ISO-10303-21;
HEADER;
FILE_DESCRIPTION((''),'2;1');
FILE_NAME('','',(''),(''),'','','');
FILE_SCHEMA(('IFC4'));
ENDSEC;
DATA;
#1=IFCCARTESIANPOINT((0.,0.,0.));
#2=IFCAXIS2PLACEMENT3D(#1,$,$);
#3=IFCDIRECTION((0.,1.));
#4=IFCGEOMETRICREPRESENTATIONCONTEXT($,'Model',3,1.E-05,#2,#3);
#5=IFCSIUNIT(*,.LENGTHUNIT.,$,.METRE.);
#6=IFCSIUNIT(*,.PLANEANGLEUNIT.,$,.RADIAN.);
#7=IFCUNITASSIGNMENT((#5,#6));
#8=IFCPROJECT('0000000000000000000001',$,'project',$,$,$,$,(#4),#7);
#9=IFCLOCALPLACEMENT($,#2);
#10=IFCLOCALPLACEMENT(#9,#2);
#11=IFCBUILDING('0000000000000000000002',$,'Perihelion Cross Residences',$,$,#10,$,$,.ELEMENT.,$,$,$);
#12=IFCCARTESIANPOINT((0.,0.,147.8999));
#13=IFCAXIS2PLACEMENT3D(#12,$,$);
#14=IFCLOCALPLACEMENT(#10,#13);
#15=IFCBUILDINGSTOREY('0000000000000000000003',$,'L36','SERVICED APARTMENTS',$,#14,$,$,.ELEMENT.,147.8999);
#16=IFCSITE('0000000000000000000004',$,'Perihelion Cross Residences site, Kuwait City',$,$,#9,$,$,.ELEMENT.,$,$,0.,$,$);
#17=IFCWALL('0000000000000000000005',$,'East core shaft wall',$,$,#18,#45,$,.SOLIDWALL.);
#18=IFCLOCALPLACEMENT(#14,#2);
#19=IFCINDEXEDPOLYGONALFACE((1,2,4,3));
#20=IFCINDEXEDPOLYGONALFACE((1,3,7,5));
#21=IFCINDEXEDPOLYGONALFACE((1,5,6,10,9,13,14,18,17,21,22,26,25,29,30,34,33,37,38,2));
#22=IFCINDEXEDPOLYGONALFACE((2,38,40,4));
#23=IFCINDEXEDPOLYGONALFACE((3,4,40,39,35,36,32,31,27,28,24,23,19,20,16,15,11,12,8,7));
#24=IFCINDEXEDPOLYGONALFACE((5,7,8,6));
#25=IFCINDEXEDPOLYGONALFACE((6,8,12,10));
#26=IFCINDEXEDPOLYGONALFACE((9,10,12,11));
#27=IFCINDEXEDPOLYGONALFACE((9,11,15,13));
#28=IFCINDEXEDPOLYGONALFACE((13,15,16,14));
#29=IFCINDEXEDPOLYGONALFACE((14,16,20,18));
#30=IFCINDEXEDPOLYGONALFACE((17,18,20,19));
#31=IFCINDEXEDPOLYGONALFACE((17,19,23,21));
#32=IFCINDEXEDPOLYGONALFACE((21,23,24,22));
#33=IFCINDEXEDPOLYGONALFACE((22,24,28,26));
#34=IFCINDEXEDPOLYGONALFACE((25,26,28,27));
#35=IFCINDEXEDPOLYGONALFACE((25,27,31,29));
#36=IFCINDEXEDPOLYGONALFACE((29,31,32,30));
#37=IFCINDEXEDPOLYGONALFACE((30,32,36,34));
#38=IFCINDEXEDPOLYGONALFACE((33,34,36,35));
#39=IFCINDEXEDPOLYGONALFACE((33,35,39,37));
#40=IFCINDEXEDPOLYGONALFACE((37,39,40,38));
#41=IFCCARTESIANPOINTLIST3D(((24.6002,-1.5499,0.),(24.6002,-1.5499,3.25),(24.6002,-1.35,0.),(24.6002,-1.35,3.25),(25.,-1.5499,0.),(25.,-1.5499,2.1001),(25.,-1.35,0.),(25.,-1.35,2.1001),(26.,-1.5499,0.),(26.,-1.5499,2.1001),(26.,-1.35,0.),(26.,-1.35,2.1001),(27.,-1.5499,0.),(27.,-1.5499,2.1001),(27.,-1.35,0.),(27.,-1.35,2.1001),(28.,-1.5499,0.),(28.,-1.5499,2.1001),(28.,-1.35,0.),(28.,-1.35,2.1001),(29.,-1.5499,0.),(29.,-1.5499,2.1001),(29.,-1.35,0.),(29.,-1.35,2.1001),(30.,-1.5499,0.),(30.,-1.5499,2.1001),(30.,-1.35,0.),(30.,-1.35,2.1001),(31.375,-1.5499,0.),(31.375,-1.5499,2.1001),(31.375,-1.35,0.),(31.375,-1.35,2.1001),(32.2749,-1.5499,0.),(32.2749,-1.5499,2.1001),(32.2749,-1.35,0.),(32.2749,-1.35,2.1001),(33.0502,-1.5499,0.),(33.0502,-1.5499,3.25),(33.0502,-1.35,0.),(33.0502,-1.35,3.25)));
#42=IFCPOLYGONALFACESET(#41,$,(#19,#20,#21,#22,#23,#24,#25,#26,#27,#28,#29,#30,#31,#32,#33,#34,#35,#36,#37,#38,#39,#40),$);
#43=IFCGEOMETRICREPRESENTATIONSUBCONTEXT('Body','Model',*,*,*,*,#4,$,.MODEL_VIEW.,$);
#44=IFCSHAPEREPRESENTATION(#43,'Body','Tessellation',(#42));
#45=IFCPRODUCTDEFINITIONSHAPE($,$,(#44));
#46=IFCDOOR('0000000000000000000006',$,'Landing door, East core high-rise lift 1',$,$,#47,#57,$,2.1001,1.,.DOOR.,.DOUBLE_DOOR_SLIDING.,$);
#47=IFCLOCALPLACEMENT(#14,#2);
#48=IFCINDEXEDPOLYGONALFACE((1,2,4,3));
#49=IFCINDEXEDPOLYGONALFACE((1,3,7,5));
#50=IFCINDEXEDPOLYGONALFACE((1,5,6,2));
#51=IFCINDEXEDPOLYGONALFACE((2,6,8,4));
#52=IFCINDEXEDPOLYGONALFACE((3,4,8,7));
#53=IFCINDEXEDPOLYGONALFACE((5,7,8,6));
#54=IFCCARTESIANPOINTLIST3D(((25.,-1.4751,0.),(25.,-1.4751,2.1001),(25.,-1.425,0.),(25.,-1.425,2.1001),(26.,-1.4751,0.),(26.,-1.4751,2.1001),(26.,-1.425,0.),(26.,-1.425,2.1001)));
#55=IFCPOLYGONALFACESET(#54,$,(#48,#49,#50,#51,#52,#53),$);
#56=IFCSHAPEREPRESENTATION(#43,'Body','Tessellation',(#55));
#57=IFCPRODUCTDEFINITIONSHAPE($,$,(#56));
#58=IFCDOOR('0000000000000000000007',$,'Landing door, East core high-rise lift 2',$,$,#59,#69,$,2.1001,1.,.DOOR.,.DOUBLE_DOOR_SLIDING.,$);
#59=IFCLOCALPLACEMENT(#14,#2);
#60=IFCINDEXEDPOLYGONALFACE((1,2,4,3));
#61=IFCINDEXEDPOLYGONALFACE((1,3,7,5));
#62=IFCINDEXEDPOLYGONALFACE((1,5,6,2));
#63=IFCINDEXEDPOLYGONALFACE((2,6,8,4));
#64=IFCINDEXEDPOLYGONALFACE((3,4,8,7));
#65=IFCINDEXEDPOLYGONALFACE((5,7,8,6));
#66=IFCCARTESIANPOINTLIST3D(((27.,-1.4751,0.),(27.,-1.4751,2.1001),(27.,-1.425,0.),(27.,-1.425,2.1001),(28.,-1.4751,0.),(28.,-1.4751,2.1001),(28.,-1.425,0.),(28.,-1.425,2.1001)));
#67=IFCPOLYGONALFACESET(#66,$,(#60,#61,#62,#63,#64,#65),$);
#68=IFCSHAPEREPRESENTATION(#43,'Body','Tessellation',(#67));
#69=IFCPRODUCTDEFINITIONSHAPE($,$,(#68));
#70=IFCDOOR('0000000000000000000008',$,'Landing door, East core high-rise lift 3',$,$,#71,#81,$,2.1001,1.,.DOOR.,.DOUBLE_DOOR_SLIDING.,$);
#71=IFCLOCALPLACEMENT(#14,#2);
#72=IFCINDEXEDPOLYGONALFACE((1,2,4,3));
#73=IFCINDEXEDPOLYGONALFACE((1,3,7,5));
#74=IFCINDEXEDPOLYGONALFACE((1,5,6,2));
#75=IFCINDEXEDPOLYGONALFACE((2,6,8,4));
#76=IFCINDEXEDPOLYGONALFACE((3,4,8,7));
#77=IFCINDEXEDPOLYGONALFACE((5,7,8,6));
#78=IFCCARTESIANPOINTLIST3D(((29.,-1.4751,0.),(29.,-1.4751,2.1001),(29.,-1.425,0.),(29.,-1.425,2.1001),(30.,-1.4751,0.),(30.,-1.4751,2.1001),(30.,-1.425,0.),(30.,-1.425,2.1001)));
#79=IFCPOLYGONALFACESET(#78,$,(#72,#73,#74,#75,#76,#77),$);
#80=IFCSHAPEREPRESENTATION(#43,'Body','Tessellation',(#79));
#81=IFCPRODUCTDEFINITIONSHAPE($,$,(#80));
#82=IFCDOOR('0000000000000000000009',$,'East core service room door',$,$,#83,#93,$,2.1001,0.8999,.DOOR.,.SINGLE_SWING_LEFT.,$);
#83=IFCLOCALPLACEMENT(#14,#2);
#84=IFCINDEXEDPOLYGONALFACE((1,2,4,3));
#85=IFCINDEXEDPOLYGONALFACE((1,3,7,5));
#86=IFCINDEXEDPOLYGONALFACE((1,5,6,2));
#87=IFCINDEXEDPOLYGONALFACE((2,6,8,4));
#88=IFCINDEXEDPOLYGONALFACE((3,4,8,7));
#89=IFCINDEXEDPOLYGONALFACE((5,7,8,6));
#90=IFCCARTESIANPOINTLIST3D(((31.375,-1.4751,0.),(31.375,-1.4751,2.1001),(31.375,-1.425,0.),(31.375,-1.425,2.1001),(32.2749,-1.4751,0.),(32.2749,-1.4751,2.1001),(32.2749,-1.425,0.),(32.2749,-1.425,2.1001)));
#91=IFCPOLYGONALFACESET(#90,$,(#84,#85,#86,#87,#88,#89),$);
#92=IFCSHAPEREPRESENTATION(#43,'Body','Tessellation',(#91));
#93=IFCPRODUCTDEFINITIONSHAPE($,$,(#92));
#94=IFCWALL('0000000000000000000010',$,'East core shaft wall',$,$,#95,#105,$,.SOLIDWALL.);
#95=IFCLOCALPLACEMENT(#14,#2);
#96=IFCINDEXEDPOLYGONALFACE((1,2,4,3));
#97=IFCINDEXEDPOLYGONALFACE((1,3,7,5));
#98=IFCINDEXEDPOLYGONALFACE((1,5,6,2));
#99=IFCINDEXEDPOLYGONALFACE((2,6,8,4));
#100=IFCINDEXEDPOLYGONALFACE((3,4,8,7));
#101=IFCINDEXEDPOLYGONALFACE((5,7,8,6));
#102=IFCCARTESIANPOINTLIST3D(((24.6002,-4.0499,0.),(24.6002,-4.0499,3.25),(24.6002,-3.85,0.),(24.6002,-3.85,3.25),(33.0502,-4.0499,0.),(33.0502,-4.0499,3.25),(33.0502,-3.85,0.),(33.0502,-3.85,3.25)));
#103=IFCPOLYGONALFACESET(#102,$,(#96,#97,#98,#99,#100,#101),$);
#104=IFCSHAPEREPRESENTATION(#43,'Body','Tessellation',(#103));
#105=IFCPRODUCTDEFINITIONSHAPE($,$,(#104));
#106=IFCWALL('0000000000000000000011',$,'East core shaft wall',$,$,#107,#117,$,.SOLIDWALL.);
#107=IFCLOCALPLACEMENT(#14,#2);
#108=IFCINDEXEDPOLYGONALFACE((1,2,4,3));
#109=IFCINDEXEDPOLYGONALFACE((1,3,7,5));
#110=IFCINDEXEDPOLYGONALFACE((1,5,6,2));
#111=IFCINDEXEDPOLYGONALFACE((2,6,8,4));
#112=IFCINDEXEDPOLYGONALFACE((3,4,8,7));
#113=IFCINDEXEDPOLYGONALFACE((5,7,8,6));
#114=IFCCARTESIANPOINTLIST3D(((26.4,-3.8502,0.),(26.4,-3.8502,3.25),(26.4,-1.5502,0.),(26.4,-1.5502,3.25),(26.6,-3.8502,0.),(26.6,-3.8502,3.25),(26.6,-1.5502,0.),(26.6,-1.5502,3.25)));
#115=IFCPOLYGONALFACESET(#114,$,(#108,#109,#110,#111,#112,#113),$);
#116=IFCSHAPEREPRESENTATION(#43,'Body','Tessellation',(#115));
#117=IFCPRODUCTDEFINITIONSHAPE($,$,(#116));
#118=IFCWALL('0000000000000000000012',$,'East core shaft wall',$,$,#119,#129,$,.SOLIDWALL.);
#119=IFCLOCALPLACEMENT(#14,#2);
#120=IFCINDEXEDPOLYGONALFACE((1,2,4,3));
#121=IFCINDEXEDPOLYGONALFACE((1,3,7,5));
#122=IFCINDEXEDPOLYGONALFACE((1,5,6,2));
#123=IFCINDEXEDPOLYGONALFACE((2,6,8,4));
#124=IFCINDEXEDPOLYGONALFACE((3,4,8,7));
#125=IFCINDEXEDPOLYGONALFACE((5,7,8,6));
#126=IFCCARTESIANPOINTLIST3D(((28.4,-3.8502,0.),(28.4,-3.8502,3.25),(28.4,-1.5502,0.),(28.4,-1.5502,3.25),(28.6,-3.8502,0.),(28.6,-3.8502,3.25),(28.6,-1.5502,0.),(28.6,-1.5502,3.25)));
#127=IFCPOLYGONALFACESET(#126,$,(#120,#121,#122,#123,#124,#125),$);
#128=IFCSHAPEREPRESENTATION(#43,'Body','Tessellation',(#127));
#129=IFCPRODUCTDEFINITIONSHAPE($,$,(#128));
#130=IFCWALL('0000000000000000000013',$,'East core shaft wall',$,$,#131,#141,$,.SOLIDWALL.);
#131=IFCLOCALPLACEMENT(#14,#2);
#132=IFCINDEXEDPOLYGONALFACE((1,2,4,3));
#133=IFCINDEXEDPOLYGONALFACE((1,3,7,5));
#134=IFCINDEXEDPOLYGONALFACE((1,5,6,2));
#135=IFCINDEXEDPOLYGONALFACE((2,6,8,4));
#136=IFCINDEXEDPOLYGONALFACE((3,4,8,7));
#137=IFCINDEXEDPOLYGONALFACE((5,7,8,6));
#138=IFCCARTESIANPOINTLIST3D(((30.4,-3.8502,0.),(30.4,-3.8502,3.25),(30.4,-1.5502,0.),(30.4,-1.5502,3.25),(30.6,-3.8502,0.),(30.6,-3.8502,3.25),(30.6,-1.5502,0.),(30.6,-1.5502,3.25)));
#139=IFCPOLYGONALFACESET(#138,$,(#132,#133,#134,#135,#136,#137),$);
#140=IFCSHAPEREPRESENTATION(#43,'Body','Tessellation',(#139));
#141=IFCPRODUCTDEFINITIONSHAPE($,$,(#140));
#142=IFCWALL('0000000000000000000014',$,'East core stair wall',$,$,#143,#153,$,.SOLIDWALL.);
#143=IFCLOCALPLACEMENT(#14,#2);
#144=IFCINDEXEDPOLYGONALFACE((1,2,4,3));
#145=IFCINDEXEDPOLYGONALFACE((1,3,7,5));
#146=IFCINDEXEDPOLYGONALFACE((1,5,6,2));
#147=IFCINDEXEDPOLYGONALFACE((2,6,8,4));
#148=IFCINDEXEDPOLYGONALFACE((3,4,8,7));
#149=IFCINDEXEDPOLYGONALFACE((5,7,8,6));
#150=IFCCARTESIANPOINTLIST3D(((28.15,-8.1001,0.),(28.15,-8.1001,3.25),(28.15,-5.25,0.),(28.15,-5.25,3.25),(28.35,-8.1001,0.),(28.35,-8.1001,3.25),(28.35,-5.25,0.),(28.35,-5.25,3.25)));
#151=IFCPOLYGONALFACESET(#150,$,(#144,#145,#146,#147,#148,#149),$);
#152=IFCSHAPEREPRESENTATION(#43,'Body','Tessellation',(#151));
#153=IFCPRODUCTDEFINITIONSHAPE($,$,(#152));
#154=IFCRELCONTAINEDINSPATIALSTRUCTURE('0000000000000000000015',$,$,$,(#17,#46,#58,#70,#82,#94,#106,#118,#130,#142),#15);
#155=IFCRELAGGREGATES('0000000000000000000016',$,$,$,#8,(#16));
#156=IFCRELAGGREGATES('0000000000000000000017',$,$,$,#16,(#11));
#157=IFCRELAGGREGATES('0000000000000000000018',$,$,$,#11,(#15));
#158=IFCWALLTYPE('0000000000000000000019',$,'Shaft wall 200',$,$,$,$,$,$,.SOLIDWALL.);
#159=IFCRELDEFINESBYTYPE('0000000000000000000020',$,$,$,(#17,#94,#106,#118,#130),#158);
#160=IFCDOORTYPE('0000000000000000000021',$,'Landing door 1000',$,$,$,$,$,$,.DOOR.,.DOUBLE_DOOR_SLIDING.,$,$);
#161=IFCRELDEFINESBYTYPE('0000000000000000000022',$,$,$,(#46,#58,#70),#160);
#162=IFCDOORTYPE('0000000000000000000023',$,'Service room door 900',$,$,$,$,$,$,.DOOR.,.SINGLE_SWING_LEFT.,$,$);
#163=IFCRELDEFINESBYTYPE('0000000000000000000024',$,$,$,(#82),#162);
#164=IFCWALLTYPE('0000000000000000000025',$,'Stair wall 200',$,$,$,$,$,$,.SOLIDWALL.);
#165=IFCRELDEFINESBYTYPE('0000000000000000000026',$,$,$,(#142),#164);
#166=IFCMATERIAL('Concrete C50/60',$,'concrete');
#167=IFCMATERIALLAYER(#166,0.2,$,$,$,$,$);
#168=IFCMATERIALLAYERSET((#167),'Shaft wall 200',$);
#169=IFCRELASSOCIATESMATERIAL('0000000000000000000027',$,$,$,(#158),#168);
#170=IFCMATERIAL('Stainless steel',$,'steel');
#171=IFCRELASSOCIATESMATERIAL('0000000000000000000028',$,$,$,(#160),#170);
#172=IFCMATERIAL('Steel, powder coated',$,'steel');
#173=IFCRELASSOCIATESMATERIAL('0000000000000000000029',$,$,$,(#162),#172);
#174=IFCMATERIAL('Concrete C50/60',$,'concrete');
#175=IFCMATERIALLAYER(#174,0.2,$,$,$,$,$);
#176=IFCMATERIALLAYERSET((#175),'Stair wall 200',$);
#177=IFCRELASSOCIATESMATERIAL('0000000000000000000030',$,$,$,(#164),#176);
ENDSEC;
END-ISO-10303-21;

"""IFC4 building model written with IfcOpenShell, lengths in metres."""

from ifc_helpers import new_model, si_unit, direction, frame, frame_2d, origin, place, context, subcontext, project, spatial, rectangle, extrude, material, layer, layer_set, type_object, element, fill, save


model = new_model("IFC4")

# Units and contexts
model_context = context("Model", 3, precision=1e-05, world=origin(), true_north=direction((0.0, 1.0)))
body_context = subcontext(model_context, "Body", "Model", "MODEL_VIEW")
ifc_project = project(units=[si_unit("LENGTHUNIT", "METRE"), si_unit("PLANEANGLEUNIT", "RADIAN")], contexts=[model_context])

# Site, building, storey
site_placement = place(None, origin())
site = spatial("IfcSite", under=ifc_project, at=site_placement, Name="Perihelion Cross Residences site, Kuwait City", CompositionType="ELEMENT", RefElevation=0.0)
building_placement = place(site_placement, origin())
building = spatial("IfcBuilding", under=site, at=building_placement, Name="Perihelion Cross Residences", CompositionType="ELEMENT")
storey_placement = place(building_placement, frame((0.0, 0.0, 147.8999)))
storey = spatial("IfcBuildingStorey", under=building, at=storey_placement, Name="L36", Description="SERVICED APARTMENTS", CompositionType="ELEMENT", Elevation=147.8999)

# Wall, openings, doors
ifc_material_1 = material(Name="Concrete C50/60", Category="concrete")
ifc_layer_1 = layer(ifc_material_1, 0.2)
ifc_layer_set_1 = layer_set([ifc_layer_1], Name="Shaft wall 200")
wall_type_1 = type_object("IfcWallType", Name="Shaft wall 200", PredefinedType="SOLIDWALL", material=ifc_layer_set_1)
wall_1_placement = place(storey_placement, frame((24.6001, -1.45, 0.0), z_axis=(0.0, 0.0, 1.0), x_axis=(1.0, 0.0, 0.0)))
wall_1 = element("IfcWall", 1, at=wall_1_placement, inside=storey, type_object=wall_type_1, Name="East core shaft wall", PredefinedType="SOLIDWALL", context=body_context, shape_type="SweptSolid", body=[
    extrude(rectangle(XDim=8.45, YDim=0.2, at=frame_2d((4.2251, 0.0))), origin(), (0.0, 0.0, 1.0), 3.25),
])
opening_1_placement = place(wall_1_placement, frame((0.3999, 0.0, 0.0)))
opening_1 = element("IfcOpeningElement", 2, at=opening_1_placement, cuts=wall_1, PredefinedType="OPENING", context=body_context, shape_type="SweptSolid", body=[
    extrude(rectangle(XDim=1.0, YDim=2.1001, at=frame_2d((0.5, 1.05))), frame((0.0, 0.1099, 0.0), z_axis=(0.0, -1.0, 0.0), x_axis=(1.0, 0.0, 0.0)), (0.0, 0.0, 1.0), 0.22),
])
opening_2_placement = place(wall_1_placement, frame((2.3999, 0.0, 0.0)))
opening_2 = element("IfcOpeningElement", 3, at=opening_2_placement, cuts=wall_1, PredefinedType="OPENING", context=body_context, shape_type="SweptSolid", body=[
    extrude(rectangle(XDim=1.0, YDim=2.1001, at=frame_2d((0.5, 1.05))), frame((0.0, 0.1099, 0.0), z_axis=(0.0, -1.0, 0.0), x_axis=(1.0, 0.0, 0.0)), (0.0, 0.0, 1.0), 0.22),
])
opening_3_placement = place(wall_1_placement, frame((4.3999, 0.0, 0.0)))
opening_3 = element("IfcOpeningElement", 4, at=opening_3_placement, cuts=wall_1, PredefinedType="OPENING", context=body_context, shape_type="SweptSolid", body=[
    extrude(rectangle(XDim=1.0, YDim=2.1001, at=frame_2d((0.5, 1.05))), frame((0.0, 0.1099, 0.0), z_axis=(0.0, -1.0, 0.0), x_axis=(1.0, 0.0, 0.0)), (0.0, 0.0, 1.0), 0.22),
])
opening_4_placement = place(wall_1_placement, frame((6.7749, 0.0, 0.0)))
opening_4 = element("IfcOpeningElement", 5, at=opening_4_placement, cuts=wall_1, PredefinedType="OPENING", context=body_context, shape_type="SweptSolid", body=[
    extrude(rectangle(XDim=0.8999, YDim=2.1001, at=frame_2d((0.45, 1.05))), frame((0.0, 0.1099, 0.0), z_axis=(0.0, -1.0, 0.0), x_axis=(1.0, 0.0, 0.0)), (0.0, 0.0, 1.0), 0.22),
])
ifc_material_2 = material(Name="Stainless steel", Category="steel")
door_type_1 = type_object("IfcDoorType", Name="Landing door 1000", OperationType="DOUBLE_DOOR_SLIDING", PredefinedType="DOOR", material=ifc_material_2)
door_1_placement = place(opening_1_placement, origin())
door_1 = element("IfcDoor", 6, at=door_1_placement, inside=storey, type_object=door_type_1, Name="Landing door, East core high-rise lift 1", OperationType="DOUBLE_DOOR_SLIDING", OverallHeight=2.1001, OverallWidth=1.0, PredefinedType="DOOR", context=body_context, shape_type="SweptSolid", body=[
    extrude(rectangle(XDim=1.0, YDim=2.1001, at=frame_2d((0.5, 1.05))), frame((0.0, 0.0249, 0.0), z_axis=(0.0, -1.0, 0.0), x_axis=(1.0, 0.0, 0.0)), (0.0, 0.0, 1.0), 0.05),
])
fill(opening_1, door_1)
door_2_placement = place(opening_2_placement, origin())
door_2 = element("IfcDoor", 7, at=door_2_placement, inside=storey, type_object=door_type_1, Name="Landing door, East core high-rise lift 2", OperationType="DOUBLE_DOOR_SLIDING", OverallHeight=2.1001, OverallWidth=1.0, PredefinedType="DOOR", context=body_context, shape_type="SweptSolid", body=[
    extrude(rectangle(XDim=1.0, YDim=2.1001, at=frame_2d((0.5, 1.05))), frame((0.0, 0.0249, 0.0), z_axis=(0.0, -1.0, 0.0), x_axis=(1.0, 0.0, 0.0)), (0.0, 0.0, 1.0), 0.05),
])
fill(opening_2, door_2)
door_3_placement = place(opening_3_placement, origin())
door_3 = element("IfcDoor", 8, at=door_3_placement, inside=storey, type_object=door_type_1, Name="Landing door, East core high-rise lift 3", OperationType="DOUBLE_DOOR_SLIDING", OverallHeight=2.1001, OverallWidth=1.0, PredefinedType="DOOR", context=body_context, shape_type="SweptSolid", body=[
    extrude(rectangle(XDim=1.0, YDim=2.1001, at=frame_2d((0.5, 1.05))), frame((0.0, 0.0249, 0.0), z_axis=(0.0, -1.0, 0.0), x_axis=(1.0, 0.0, 0.0)), (0.0, 0.0, 1.0), 0.05),
])
fill(opening_3, door_3)
ifc_material_3 = material(Name="Steel, powder coated", Category="steel")
door_type_2 = type_object("IfcDoorType", Name="Service room door 900", OperationType="SINGLE_SWING_LEFT", PredefinedType="DOOR", material=ifc_material_3)
door_4_placement = place(opening_4_placement, origin())
door_4 = element("IfcDoor", 9, at=door_4_placement, inside=storey, type_object=door_type_2, Name="East core service room door", OperationType="SINGLE_SWING_LEFT", OverallHeight=2.1001, OverallWidth=0.8999, PredefinedType="DOOR", context=body_context, shape_type="SweptSolid", body=[
    extrude(rectangle(XDim=0.8999, YDim=2.1001, at=frame_2d((0.45, 1.05))), frame((0.0, 0.0249, 0.0), z_axis=(0.0, -1.0, 0.0), x_axis=(1.0, 0.0, 0.0)), (0.0, 0.0, 1.0), 0.05),
])
fill(opening_4, door_4)

# Walls
wall_2_placement = place(storey_placement, frame((24.6001, -3.95, 0.0), z_axis=(0.0, 0.0, 1.0), x_axis=(1.0, 0.0, 0.0)))
element("IfcWall", 10, at=wall_2_placement, inside=storey, type_object=wall_type_1, Name="East core shaft wall", PredefinedType="SOLIDWALL", context=body_context, shape_type="SweptSolid", body=[
    extrude(rectangle(XDim=8.45, YDim=0.2, at=frame_2d((4.2251, 0.0))), origin(), (0.0, 0.0, 1.0), 3.25),
])
for number, where, z_axis, x_axis, name in (
    (11, (26.5, -3.8501, 0.0), (0.0, 0.0, 1.0), (0.0, 1.0, 0.0), "East core shaft wall"),
    (12, (28.5, -3.8501, 0.0), (0.0, 0.0, 1.0), (0.0, 1.0, 0.0), "East core shaft wall"),
    (13, (30.5, -3.8501, 0.0), (0.0, 0.0, 1.0), (0.0, 1.0, 0.0), "East core shaft wall"),
):
    element("IfcWall", number, at=place(storey_placement, frame(where, z_axis=z_axis, x_axis=x_axis)), inside=storey, type_object=wall_type_1, Name=name, PredefinedType="SOLIDWALL", context=body_context, shape_type="SweptSolid", body=[
        extrude(rectangle(XDim=2.3, YDim=0.2, at=frame_2d((1.1499, 0.0))), origin(), (0.0, 0.0, 1.0), 3.25),
    ])
ifc_material_4 = material(Name="Concrete C50/60", Category="concrete")
ifc_layer_2 = layer(ifc_material_4, 0.2)
ifc_layer_set_2 = layer_set([ifc_layer_2], Name="Stair wall 200")
wall_type_2 = type_object("IfcWallType", Name="Stair wall 200", PredefinedType="SOLIDWALL", material=ifc_layer_set_2)
wall_3_placement = place(storey_placement, frame((28.25, -8.1001, 0.0), z_axis=(0.0, 0.0, 1.0), x_axis=(0.0, 1.0, 0.0)))
element("IfcWall", 14, at=wall_3_placement, inside=storey, type_object=wall_type_2, Name="East core stair wall", PredefinedType="SOLIDWALL", context=body_context, shape_type="SweptSolid", body=[
    extrude(rectangle(XDim=2.8501, YDim=0.2, at=frame_2d((1.425, 0.0))), origin(), (0.0, 0.0, 1.0), 3.25),
])

save(model, "model.ifc")
